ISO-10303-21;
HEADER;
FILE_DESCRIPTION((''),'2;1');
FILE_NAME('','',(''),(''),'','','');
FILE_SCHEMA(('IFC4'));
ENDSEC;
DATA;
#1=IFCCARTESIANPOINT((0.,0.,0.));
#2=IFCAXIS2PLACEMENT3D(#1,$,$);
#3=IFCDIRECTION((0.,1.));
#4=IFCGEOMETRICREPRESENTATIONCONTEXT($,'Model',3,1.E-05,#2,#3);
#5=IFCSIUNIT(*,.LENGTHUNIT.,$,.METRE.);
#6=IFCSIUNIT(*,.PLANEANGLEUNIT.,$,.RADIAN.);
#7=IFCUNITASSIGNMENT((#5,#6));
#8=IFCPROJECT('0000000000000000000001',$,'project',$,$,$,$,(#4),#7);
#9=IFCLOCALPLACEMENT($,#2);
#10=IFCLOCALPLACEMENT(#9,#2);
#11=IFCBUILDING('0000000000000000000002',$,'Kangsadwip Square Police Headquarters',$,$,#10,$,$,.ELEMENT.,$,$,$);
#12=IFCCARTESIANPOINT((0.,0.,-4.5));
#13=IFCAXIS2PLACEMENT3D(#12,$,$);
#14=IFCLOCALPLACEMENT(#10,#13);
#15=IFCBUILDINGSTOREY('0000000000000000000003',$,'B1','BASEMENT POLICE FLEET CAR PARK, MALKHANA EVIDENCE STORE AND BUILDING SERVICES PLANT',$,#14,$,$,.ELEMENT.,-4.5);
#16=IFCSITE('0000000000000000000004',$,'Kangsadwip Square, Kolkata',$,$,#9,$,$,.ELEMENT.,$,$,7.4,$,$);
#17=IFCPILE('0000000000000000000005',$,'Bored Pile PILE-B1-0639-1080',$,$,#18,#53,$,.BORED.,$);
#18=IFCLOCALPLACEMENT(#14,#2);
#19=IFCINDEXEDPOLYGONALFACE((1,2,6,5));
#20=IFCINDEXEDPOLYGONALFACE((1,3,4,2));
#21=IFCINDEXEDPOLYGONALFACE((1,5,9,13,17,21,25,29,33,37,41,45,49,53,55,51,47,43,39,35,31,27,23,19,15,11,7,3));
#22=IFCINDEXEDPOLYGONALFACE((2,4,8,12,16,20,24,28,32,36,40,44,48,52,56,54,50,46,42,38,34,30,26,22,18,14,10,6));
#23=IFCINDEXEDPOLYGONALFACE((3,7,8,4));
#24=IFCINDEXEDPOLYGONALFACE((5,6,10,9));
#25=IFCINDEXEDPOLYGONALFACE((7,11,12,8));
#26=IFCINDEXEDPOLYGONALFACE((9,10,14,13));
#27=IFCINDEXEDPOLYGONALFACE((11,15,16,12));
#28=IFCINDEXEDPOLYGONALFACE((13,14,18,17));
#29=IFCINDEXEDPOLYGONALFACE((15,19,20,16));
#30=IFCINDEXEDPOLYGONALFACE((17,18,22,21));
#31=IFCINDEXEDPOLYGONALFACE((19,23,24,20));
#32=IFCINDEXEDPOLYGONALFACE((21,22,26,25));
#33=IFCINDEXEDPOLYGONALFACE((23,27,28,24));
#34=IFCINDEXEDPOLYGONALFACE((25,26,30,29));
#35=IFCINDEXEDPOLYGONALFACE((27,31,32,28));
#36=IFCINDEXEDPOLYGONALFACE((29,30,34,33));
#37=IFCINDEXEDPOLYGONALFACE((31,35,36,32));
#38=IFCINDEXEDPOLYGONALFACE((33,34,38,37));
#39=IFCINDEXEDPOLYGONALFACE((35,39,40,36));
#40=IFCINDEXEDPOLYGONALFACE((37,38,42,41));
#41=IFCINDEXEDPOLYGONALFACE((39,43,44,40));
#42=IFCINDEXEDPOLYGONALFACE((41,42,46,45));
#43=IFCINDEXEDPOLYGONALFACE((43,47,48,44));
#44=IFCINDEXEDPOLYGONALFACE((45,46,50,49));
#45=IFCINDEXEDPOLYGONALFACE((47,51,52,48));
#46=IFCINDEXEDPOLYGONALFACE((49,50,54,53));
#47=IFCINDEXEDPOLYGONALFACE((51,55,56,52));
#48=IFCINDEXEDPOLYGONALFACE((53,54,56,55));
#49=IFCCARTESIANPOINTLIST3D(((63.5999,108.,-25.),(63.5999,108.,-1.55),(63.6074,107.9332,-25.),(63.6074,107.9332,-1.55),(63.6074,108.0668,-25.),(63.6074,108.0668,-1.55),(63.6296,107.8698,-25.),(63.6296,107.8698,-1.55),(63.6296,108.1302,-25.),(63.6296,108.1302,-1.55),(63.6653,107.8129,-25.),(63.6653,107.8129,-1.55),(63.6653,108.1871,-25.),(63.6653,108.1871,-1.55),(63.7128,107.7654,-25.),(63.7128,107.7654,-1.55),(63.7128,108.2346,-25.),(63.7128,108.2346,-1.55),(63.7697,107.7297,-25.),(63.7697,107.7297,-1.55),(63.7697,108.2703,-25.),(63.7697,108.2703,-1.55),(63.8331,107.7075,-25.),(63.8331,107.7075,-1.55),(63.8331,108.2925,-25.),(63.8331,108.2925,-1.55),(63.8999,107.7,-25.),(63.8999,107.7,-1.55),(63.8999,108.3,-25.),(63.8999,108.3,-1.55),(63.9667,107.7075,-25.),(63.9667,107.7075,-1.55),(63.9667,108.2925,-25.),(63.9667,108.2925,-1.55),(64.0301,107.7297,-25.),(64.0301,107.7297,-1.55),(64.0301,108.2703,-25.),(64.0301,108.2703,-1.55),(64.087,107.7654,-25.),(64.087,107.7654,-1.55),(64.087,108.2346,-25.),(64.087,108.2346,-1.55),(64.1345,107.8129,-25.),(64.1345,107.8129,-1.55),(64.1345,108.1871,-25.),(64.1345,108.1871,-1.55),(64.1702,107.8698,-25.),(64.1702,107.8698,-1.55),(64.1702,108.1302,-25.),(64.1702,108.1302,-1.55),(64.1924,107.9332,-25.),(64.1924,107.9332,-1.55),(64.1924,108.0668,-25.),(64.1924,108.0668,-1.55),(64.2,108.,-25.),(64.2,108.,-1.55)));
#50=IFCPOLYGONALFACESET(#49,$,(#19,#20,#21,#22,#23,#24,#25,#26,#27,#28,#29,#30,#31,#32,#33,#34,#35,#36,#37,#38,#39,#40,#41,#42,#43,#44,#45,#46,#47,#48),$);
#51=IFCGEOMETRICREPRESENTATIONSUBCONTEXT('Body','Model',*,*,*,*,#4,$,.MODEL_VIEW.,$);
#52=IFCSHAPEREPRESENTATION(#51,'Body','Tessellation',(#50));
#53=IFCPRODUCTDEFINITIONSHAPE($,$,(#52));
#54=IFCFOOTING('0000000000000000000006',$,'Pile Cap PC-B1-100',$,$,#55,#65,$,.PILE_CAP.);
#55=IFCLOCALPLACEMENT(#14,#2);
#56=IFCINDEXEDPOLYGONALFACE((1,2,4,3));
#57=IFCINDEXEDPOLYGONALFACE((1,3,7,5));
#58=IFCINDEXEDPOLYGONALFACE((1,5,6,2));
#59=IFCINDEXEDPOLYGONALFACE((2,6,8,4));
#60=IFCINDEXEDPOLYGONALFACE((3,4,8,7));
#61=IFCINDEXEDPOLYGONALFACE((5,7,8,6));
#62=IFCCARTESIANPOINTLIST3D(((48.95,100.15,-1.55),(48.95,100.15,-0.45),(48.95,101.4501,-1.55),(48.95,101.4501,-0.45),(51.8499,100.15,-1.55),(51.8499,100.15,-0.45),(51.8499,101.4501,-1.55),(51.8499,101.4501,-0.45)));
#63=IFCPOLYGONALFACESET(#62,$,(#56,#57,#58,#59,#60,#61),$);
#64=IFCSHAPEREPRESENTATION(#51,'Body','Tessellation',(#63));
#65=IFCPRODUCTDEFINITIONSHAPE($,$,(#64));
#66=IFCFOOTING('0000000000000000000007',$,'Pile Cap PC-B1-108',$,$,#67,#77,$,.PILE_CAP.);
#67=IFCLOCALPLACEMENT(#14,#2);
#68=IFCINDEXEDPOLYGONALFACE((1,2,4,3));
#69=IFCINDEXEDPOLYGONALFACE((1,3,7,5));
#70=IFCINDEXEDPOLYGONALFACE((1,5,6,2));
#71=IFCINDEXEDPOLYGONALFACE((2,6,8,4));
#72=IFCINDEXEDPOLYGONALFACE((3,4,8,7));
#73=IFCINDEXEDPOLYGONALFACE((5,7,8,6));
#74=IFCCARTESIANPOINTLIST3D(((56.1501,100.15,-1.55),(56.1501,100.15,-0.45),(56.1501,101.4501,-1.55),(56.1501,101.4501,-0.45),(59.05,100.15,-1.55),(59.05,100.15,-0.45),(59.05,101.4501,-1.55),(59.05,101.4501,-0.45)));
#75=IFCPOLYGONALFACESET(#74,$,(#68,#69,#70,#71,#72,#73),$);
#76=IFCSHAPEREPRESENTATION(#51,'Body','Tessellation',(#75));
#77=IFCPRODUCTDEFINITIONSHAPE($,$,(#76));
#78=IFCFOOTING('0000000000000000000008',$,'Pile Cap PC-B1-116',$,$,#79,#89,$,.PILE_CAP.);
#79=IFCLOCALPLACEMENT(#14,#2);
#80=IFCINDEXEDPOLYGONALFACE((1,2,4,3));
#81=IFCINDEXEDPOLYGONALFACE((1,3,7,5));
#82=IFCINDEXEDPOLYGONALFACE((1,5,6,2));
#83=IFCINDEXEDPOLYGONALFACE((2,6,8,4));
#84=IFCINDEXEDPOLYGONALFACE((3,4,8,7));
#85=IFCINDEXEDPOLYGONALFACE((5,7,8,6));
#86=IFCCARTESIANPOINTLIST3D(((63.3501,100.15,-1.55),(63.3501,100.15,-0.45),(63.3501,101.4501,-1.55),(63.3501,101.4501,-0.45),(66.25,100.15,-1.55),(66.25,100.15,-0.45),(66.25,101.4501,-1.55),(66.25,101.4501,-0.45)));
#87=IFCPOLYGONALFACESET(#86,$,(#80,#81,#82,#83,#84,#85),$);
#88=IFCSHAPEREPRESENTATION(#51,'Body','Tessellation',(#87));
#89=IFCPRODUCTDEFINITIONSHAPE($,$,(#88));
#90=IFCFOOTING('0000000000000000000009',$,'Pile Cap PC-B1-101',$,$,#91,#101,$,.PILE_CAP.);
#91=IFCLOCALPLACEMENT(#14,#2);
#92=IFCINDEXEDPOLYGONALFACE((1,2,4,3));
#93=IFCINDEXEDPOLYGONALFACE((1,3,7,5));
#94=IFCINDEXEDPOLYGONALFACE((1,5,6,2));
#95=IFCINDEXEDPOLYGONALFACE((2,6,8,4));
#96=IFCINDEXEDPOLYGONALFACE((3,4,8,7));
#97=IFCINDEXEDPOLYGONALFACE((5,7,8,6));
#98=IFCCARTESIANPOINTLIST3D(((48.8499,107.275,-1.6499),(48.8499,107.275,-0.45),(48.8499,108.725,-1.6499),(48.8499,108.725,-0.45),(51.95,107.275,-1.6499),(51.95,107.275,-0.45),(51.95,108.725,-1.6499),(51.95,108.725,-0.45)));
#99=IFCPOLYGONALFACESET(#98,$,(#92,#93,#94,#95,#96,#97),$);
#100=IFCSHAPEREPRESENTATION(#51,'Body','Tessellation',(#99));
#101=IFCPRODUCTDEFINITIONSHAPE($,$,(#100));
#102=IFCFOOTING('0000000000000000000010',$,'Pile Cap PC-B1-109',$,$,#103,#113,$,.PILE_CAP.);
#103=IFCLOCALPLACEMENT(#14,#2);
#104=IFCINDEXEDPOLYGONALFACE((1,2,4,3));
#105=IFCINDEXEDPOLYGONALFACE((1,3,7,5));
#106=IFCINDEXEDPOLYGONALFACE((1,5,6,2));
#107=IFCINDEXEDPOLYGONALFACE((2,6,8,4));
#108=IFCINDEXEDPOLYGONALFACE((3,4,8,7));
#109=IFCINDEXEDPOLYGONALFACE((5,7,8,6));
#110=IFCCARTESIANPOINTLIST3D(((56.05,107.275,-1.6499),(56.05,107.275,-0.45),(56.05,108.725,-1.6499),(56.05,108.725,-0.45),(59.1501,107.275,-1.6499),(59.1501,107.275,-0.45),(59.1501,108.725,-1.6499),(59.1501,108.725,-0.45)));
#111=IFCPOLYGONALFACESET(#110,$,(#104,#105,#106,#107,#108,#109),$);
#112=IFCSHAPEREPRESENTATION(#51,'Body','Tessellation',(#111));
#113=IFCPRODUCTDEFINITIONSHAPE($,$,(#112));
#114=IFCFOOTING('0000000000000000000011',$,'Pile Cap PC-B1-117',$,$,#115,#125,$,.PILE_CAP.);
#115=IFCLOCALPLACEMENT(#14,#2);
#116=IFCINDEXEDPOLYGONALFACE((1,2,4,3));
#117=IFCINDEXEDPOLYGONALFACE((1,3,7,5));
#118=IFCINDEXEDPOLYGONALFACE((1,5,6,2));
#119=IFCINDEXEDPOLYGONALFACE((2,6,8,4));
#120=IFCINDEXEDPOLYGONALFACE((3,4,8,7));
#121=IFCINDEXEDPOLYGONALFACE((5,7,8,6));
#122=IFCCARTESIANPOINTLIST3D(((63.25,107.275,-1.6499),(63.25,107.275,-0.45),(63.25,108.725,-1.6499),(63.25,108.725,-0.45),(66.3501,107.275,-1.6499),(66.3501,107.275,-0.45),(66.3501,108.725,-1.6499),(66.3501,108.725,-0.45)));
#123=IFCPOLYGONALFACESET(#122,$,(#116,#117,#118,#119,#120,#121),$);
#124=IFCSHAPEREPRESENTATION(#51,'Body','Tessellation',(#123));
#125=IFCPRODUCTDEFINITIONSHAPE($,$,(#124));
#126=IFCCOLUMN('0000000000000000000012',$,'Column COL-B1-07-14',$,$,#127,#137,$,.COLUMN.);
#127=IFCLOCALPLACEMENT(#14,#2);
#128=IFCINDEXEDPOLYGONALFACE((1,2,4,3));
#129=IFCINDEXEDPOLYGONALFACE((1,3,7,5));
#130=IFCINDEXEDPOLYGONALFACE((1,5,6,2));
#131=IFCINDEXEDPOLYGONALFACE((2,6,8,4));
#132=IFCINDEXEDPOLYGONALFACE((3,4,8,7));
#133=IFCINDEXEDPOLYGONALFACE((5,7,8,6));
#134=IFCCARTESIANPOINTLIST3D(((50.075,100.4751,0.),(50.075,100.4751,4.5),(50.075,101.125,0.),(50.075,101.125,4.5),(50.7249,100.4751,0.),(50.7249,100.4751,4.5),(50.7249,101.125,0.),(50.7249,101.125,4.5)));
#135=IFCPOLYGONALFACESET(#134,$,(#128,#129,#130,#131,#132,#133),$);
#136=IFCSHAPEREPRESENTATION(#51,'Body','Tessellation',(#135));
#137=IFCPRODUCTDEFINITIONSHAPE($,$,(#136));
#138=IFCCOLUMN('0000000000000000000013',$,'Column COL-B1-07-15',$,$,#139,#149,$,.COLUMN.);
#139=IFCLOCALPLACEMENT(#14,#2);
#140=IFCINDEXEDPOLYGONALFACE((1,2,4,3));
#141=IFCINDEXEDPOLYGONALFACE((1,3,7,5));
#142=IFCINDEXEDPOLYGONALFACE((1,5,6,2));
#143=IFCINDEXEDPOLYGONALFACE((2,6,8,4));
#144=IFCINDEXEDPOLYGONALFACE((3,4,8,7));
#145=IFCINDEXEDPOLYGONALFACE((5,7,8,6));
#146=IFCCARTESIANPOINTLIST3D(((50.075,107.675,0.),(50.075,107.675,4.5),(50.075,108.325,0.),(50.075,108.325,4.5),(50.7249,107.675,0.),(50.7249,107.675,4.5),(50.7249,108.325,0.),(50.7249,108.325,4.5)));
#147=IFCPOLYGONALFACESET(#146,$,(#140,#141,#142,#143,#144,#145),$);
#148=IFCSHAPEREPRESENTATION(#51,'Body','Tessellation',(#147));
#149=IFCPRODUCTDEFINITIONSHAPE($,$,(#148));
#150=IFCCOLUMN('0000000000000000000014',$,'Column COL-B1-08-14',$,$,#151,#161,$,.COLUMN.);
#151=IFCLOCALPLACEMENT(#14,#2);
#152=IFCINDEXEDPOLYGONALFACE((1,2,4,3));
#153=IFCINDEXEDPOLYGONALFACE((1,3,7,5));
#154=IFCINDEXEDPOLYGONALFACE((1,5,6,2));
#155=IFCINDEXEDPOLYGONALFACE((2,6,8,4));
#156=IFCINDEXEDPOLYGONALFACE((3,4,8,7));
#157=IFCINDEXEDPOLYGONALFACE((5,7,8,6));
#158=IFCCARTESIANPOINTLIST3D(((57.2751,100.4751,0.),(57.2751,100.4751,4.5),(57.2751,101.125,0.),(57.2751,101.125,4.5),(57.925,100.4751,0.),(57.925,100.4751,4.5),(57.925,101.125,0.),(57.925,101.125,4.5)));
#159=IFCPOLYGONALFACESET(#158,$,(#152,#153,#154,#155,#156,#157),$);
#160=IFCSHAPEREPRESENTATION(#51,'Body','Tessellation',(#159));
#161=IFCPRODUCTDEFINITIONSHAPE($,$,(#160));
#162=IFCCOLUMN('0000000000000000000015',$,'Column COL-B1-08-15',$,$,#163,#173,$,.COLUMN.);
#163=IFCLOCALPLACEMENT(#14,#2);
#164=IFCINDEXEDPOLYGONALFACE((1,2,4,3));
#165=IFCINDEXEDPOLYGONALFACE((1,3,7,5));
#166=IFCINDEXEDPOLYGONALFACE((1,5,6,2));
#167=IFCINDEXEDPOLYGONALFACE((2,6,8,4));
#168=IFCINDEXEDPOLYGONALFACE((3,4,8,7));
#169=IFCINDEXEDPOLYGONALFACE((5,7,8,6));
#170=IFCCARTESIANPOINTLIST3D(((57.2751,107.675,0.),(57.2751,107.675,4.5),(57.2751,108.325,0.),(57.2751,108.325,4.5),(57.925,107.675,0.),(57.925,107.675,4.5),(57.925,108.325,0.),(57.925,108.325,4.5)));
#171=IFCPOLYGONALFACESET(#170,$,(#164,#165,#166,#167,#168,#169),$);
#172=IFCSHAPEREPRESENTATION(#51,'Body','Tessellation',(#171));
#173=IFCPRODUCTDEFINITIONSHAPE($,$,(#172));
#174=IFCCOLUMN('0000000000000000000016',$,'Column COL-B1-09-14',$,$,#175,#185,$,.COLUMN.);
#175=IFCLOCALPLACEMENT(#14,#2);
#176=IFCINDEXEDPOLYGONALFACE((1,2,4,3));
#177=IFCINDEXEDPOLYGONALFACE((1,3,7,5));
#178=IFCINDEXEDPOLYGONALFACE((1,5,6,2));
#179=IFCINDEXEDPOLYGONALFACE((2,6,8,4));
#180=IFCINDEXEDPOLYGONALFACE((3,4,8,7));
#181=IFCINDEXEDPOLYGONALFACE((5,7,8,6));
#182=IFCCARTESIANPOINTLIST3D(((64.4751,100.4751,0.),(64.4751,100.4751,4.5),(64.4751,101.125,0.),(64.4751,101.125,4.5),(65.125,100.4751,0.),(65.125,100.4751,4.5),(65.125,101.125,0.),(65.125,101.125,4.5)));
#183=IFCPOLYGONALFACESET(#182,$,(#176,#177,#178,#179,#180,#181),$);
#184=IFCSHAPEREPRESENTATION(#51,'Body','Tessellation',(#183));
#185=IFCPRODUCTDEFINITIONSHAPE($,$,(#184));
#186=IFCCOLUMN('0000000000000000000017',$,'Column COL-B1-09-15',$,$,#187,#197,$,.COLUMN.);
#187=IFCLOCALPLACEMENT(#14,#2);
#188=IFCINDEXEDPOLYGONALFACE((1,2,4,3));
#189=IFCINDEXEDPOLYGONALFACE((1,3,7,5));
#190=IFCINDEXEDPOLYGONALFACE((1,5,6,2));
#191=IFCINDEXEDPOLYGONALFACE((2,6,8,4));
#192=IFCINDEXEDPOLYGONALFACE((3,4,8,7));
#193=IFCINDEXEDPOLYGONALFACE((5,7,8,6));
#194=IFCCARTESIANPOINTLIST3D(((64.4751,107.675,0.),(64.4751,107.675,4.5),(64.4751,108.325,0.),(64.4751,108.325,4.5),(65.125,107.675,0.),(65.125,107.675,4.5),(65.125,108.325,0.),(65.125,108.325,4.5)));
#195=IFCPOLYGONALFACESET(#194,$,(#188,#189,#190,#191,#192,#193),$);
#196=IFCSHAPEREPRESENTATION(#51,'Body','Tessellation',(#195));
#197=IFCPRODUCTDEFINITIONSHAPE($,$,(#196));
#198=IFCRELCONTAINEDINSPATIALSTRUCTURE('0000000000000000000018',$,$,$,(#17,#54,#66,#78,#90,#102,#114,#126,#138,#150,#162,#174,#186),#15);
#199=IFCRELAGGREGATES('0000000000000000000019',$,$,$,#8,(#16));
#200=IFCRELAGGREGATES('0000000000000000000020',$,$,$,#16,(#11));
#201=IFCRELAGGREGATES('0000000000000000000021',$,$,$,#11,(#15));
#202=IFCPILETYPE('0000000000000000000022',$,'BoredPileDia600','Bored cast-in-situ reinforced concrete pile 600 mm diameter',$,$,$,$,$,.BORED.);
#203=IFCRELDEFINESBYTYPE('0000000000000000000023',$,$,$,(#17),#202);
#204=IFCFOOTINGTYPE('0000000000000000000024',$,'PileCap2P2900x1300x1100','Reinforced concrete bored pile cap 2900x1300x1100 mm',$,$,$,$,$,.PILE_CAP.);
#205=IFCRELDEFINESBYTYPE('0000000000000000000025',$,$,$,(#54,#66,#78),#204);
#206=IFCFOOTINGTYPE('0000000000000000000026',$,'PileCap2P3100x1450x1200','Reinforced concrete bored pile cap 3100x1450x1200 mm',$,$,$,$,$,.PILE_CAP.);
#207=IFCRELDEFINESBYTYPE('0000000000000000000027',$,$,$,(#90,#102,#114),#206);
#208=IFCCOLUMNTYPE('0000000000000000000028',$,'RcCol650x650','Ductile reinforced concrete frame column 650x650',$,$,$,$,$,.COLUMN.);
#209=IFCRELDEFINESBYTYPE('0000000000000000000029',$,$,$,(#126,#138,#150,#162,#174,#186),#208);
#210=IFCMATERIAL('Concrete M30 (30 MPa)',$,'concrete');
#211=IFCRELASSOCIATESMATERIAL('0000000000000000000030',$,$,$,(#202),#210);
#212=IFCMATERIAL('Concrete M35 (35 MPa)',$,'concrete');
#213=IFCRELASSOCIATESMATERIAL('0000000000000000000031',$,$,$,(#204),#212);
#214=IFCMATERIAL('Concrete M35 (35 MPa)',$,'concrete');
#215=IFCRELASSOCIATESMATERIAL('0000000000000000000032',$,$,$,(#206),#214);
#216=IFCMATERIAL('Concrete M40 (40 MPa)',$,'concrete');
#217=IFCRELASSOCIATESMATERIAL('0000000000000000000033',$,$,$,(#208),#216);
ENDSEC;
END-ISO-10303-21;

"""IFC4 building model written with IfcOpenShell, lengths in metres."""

from ifc_helpers import new_model, si_unit, direction, frame, origin, origin_2d, place, context, subcontext, project, spatial, rectangle, circle, extrude, material, material_profile, profile_set, type_object, element, save


model = new_model("IFC4")

# Units and contexts
model_context = context("Model", 3, precision=1e-05, world=origin(), true_north=direction((0.0, 1.0)))
body_context = subcontext(model_context, "Body", "Model", "MODEL_VIEW")
ifc_project = project(units=[si_unit("LENGTHUNIT", "METRE"), si_unit("PLANEANGLEUNIT", "RADIAN")], contexts=[model_context])

# Site, building, storey
site_placement = place(None, origin())
site = spatial("IfcSite", under=ifc_project, at=site_placement, Name="Kangsadwip Square, Kolkata", CompositionType="ELEMENT", RefElevation=7.4)
building_placement = place(site_placement, origin())
building = spatial("IfcBuilding", under=site, at=building_placement, Name="Kangsadwip Square Police Headquarters", CompositionType="ELEMENT")
storey_placement = place(building_placement, frame((0.0, 0.0, -4.5)))
storey = spatial("IfcBuildingStorey", under=building, at=storey_placement, Name="B1", Description="BASEMENT POLICE FLEET CAR PARK, MALKHANA EVIDENCE STORE AND BUILDING SERVICES PLANT", CompositionType="ELEMENT", Elevation=-4.5)

# Pile
ifc_material_1 = material(Name="Concrete M30 (30 MPa)", Category="concrete")
ifc_material_profile_1 = material_profile(ifc_material_1, circle(Radius=0.3, at=origin_2d()), Name="PILE DIA 600")
ifc_profile_set_1 = profile_set([ifc_material_profile_1], Name="Concrete M30 (30 MPa)")
pile_type = type_object("IfcPileType", Name="BoredPileDia600", Description="Bored cast-in-situ reinforced concrete pile 600 mm diameter", PredefinedType="BORED", material=ifc_profile_set_1)
pile_placement = place(storey_placement, frame((63.8999, 108.0, -1.55), z_axis=(0.0, 0.0, -1.0), x_axis=(1.0, 0.0, 0.0)))
element("IfcPile", 1, at=pile_placement, inside=storey, type_object=pile_type, Name="Bored Pile PILE-B1-0639-1080", PredefinedType="BORED", context=body_context, shape_type="SweptSolid", body=[
    extrude(circle(Radius=0.3, at=origin_2d()), origin(), (0.0, 0.0, 1.0), 23.45),
])

# Footings
ifc_material_2 = material(Name="Concrete M35 (35 MPa)", Category="concrete")
footing_type_1 = type_object("IfcFootingType", Name="PileCap2P2900x1300x1100", Description="Reinforced concrete bored pile cap 2900x1300x1100 mm", PredefinedType="PILE_CAP", material=ifc_material_2)
for number, where, z_axis, x_axis, name in (
    (2, (50.3999, 100.8, -1.55), (0.0, 0.0, 1.0), (1.0, 0.0, 0.0), "Pile Cap PC-B1-100"),
    (3, (57.6001, 100.8, -1.55), (0.0, 0.0, 1.0), (1.0, 0.0, 0.0), "Pile Cap PC-B1-108"),
    (4, (64.8, 100.8, -1.55), (0.0, 0.0, 1.0), (1.0, 0.0, 0.0), "Pile Cap PC-B1-116"),
):
    element("IfcFooting", number, at=place(storey_placement, frame(where, z_axis=z_axis, x_axis=x_axis)), inside=storey, type_object=footing_type_1, Name=name, PredefinedType="PILE_CAP", context=body_context, shape_type="SweptSolid", body=[
        extrude(rectangle(XDim=2.8999, YDim=1.3, at=origin_2d()), origin(), (0.0, 0.0, 1.0), 1.1001),
    ])
ifc_material_3 = material(Name="Concrete M35 (35 MPa)", Category="concrete")
footing_type_2 = type_object("IfcFootingType", Name="PileCap2P3100x1450x1200", Description="Reinforced concrete bored pile cap 3100x1450x1200 mm", PredefinedType="PILE_CAP", material=ifc_material_3)
for number, where, z_axis, x_axis, name in (
    (5, (50.3999, 108.0, -1.6499), (0.0, 0.0, 1.0), (1.0, 0.0, 0.0), "Pile Cap PC-B1-101"),
    (6, (57.6001, 108.0, -1.6499), (0.0, 0.0, 1.0), (1.0, 0.0, 0.0), "Pile Cap PC-B1-109"),
    (7, (64.8, 108.0, -1.6499), (0.0, 0.0, 1.0), (1.0, 0.0, 0.0), "Pile Cap PC-B1-117"),
):
    element("IfcFooting", number, at=place(storey_placement, frame(where, z_axis=z_axis, x_axis=x_axis)), inside=storey, type_object=footing_type_2, Name=name, PredefinedType="PILE_CAP", context=body_context, shape_type="SweptSolid", body=[
        extrude(rectangle(XDim=3.1001, YDim=1.45, at=origin_2d()), origin(), (0.0, 0.0, 1.0), 1.2),
    ])

# Columns
ifc_material_4 = material(Name="Concrete M40 (40 MPa)", Category="concrete")
ifc_material_profile_2 = material_profile(ifc_material_4, rectangle(XDim=0.6499, YDim=0.6499, at=origin_2d()), Name="RC COL 650X650")
ifc_profile_set_2 = profile_set([ifc_material_profile_2], Name="Concrete M40 (40 MPa)")
column_type = type_object("IfcColumnType", Name="RcCol650x650", Description="Ductile reinforced concrete frame column 650x650", PredefinedType="COLUMN", material=ifc_profile_set_2)
for number, where, z_axis, x_axis, name in (
    (8, (50.3999, 100.8, 0.0), (0.0, 0.0, 1.0), (1.0, 0.0, 0.0), "Column COL-B1-07-14"),
    (9, (50.3999, 108.0, 0.0), (0.0, 0.0, 1.0), (1.0, 0.0, 0.0), "Column COL-B1-07-15"),
    (10, (57.6001, 100.8, 0.0), (0.0, 0.0, 1.0), (1.0, 0.0, 0.0), "Column COL-B1-08-14"),
    (11, (57.6001, 108.0, 0.0), (0.0, 0.0, 1.0), (1.0, 0.0, 0.0), "Column COL-B1-08-15"),
    (12, (64.8, 100.8, 0.0), (0.0, 0.0, 1.0), (1.0, 0.0, 0.0), "Column COL-B1-09-14"),
    (13, (64.8, 108.0, 0.0), (0.0, 0.0, 1.0), (1.0, 0.0, 0.0), "Column COL-B1-09-15"),
):
    element("IfcColumn", number, at=place(storey_placement, frame(where, z_axis=z_axis, x_axis=x_axis)), inside=storey, type_object=column_type, Name=name, PredefinedType="COLUMN", context=body_context, shape_type="SweptSolid", body=[
        extrude(rectangle(XDim=0.6499, YDim=0.6499, at=origin_2d()), origin(), (0.0, 0.0, 1.0), 4.5),
    ])

save(model, "model.ifc")
